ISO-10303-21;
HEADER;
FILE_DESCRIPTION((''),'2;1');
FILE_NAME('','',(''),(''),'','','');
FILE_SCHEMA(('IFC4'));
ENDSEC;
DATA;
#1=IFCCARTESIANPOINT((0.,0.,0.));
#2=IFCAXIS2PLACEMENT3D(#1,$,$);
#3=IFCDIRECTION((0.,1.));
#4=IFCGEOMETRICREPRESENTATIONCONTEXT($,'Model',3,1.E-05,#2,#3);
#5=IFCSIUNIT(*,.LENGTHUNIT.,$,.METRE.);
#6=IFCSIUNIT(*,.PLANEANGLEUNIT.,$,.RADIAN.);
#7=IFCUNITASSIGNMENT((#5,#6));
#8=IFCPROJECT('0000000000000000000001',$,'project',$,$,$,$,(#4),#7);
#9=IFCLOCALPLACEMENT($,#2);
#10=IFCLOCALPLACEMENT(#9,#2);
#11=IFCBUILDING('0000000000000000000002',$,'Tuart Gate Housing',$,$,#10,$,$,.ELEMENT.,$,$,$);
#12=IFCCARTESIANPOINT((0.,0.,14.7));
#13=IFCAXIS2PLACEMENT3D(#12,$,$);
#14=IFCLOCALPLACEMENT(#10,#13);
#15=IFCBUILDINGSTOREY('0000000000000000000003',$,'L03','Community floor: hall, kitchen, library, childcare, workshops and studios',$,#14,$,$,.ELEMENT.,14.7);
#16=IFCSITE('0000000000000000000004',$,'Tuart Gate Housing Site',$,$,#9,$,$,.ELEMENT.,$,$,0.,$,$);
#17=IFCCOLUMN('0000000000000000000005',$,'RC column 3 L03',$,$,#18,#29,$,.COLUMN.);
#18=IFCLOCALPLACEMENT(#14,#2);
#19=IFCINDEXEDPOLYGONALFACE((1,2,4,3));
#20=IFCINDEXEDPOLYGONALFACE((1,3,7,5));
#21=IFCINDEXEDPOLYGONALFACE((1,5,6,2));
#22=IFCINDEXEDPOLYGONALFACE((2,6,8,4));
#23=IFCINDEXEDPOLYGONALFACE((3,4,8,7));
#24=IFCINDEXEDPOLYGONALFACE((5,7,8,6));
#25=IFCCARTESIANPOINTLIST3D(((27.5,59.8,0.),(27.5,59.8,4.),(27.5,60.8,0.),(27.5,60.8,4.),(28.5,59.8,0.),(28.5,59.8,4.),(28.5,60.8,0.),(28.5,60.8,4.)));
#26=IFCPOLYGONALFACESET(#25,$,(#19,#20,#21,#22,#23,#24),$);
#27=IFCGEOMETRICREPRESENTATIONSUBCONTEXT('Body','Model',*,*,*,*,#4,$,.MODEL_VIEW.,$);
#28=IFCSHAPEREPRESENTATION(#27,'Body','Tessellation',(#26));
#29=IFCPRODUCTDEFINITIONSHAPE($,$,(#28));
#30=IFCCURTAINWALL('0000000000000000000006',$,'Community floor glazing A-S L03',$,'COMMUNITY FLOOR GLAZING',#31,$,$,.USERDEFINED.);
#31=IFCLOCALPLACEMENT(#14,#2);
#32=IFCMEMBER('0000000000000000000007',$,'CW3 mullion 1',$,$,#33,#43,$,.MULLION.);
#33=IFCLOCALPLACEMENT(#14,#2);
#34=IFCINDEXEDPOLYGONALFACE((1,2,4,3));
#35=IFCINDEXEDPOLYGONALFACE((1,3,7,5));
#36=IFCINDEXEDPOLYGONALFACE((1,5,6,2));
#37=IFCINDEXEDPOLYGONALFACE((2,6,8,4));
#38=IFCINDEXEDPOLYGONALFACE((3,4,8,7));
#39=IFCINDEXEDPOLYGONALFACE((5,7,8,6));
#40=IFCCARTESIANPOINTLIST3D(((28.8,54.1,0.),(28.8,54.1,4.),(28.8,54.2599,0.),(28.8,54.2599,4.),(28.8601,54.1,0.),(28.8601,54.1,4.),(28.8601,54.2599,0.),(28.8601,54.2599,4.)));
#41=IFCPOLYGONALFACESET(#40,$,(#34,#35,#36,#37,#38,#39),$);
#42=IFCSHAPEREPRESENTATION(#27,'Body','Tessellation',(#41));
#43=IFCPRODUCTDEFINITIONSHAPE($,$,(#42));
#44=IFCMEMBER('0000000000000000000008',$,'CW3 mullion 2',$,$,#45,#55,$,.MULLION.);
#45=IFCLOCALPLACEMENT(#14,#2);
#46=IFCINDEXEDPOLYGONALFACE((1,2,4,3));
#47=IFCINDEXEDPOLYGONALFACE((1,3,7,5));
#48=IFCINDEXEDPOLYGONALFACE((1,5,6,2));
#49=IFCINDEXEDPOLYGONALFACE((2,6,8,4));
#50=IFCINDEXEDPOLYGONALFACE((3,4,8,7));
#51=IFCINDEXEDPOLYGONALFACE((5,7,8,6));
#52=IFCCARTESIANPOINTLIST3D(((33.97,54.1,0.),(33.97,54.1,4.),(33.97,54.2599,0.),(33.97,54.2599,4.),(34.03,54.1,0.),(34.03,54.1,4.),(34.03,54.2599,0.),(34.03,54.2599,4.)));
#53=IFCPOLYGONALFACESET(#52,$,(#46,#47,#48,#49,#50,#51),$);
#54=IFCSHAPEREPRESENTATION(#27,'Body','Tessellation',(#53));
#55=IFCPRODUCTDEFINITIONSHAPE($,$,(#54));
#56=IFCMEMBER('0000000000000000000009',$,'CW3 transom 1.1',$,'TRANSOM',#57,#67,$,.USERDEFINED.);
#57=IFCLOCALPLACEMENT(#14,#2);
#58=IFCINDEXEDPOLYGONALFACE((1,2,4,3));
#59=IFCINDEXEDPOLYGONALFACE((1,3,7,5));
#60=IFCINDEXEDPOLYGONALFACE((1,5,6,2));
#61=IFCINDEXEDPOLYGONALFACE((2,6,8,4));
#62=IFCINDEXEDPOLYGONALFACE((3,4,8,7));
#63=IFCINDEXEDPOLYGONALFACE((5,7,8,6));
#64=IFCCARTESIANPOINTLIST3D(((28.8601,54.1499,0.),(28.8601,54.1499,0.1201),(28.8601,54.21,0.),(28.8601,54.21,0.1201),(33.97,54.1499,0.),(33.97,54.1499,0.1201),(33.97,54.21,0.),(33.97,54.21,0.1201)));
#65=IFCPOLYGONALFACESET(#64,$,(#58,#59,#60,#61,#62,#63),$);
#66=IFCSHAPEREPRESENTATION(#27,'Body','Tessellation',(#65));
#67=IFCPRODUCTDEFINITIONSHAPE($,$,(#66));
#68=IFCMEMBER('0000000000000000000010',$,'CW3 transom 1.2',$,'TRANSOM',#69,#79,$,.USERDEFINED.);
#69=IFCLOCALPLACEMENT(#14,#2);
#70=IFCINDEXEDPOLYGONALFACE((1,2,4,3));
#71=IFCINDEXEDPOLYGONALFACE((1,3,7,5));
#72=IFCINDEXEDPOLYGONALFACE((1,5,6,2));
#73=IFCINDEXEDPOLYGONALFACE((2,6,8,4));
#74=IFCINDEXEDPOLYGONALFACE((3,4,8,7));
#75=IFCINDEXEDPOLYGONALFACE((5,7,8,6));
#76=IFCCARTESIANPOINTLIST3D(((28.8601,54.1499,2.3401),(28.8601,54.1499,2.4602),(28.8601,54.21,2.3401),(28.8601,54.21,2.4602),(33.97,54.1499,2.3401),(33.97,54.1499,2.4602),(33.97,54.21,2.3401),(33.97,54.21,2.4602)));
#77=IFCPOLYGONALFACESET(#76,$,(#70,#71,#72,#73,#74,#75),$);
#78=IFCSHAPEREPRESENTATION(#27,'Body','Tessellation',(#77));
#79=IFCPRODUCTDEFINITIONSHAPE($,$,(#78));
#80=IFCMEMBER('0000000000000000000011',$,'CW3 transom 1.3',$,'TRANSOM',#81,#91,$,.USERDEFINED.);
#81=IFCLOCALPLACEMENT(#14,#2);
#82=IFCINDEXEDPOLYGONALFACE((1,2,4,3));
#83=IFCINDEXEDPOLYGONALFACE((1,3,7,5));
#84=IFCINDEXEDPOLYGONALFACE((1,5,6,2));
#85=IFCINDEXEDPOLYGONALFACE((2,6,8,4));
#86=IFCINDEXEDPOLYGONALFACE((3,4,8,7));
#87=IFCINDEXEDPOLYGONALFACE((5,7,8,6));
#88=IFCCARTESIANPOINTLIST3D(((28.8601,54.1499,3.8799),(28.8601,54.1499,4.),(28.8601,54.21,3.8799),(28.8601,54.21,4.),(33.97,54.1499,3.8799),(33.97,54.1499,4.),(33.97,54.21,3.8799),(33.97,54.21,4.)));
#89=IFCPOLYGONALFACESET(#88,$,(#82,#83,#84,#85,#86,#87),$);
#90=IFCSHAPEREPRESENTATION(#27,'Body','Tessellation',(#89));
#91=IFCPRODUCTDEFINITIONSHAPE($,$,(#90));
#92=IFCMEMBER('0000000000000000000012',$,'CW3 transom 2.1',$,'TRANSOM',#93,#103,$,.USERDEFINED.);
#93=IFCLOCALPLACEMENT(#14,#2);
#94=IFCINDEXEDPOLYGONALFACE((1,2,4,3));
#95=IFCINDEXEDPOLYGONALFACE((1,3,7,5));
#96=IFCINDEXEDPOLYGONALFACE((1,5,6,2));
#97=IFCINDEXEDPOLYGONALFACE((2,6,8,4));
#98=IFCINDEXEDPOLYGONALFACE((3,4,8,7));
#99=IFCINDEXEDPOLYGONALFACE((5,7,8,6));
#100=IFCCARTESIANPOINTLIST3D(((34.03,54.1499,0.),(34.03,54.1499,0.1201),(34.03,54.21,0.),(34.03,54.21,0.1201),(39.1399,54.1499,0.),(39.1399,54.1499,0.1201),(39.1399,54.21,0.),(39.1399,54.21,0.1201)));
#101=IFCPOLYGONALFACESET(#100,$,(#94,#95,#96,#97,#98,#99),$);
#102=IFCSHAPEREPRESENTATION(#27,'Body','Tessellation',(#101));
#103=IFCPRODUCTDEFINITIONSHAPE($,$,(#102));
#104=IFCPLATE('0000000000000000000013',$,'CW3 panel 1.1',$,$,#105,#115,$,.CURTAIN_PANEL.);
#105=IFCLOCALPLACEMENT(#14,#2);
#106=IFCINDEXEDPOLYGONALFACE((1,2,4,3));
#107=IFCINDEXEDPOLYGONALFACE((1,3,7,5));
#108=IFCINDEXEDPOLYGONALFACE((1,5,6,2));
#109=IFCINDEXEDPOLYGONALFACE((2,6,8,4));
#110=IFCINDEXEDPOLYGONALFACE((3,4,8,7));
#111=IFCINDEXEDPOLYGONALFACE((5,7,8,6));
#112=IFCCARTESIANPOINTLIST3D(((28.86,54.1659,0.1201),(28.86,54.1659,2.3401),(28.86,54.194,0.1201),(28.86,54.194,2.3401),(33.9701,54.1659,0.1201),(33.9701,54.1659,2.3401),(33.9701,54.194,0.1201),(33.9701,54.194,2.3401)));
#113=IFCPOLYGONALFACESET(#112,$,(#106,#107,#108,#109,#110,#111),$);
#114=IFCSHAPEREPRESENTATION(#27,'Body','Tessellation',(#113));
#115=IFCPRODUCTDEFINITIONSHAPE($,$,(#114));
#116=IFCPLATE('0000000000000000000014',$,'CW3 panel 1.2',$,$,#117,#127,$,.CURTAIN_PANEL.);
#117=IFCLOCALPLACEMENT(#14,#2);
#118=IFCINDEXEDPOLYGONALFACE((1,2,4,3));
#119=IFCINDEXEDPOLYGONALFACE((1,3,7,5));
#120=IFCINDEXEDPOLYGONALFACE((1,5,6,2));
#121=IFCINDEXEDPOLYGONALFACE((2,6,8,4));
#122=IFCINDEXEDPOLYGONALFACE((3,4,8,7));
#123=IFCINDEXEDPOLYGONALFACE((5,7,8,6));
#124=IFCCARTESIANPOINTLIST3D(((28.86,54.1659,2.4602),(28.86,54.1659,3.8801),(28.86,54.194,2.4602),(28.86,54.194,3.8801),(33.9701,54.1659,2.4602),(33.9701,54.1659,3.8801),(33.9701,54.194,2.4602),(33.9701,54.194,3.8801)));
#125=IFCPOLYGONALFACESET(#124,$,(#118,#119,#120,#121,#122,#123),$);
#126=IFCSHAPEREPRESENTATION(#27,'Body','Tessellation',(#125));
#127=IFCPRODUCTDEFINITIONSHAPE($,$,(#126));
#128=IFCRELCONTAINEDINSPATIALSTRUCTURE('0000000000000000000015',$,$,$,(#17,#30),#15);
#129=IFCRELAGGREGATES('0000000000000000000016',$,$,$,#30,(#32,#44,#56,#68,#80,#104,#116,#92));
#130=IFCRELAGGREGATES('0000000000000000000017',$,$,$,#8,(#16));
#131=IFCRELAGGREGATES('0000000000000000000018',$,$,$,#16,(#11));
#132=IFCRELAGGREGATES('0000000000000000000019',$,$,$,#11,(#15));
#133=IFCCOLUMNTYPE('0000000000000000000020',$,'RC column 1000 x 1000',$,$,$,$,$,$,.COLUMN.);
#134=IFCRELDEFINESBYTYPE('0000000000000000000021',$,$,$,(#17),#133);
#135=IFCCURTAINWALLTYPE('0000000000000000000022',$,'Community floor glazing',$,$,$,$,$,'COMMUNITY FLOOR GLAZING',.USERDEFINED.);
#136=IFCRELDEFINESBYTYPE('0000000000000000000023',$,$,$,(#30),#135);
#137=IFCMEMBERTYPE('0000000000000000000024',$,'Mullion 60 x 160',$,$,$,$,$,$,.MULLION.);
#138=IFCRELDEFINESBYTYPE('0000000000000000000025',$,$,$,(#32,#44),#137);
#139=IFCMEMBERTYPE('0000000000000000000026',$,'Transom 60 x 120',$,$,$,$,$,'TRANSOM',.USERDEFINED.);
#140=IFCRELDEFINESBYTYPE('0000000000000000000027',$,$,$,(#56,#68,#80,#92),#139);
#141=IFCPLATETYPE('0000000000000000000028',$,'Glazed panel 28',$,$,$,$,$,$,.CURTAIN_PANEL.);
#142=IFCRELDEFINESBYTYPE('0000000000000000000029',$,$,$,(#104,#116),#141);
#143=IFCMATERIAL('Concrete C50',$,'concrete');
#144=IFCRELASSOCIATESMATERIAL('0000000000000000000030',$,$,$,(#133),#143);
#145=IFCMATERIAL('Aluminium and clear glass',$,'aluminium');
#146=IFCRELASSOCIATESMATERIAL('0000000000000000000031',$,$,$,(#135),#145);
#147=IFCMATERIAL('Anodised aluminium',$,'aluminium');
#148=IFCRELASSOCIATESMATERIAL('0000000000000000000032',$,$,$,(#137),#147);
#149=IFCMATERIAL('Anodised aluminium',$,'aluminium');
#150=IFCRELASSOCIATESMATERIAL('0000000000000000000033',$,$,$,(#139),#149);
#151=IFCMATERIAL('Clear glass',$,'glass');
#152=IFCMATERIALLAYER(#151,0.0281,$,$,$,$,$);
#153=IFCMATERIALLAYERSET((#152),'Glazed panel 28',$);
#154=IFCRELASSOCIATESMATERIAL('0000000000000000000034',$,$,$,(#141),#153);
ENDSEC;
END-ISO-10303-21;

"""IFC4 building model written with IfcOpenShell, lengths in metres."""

from ifc_helpers import new_model, si_unit, direction, frame, origin, origin_2d, place, context, subcontext, project, spatial, rectangle, extrude, material, layer, layer_set, material_profile, profile_set, type_object, element, aggregate, save


model = new_model("IFC4")

# Units and contexts
model_context = context("Model", 3, precision=1e-05, world=origin(), true_north=direction((0.0, 1.0)))
body_context = subcontext(model_context, "Body", "Model", "MODEL_VIEW")
ifc_project = project(units=[si_unit("LENGTHUNIT", "METRE"), si_unit("PLANEANGLEUNIT", "RADIAN")], contexts=[model_context])

# Site, building, storey
site_placement = place(None, origin())
site = spatial("IfcSite", under=ifc_project, at=site_placement, Name="Tuart Gate Housing Site", CompositionType="ELEMENT", RefElevation=0.0)
building_placement = place(site_placement, origin())
building = spatial("IfcBuilding", under=site, at=building_placement, Name="Tuart Gate Housing", CompositionType="ELEMENT")
storey_placement = place(building_placement, frame((0.0, 0.0, 14.7)))
storey = spatial("IfcBuildingStorey", under=building, at=storey_placement, Name="L03", Description="Community floor: hall, kitchen, library, childcare, workshops and studios", CompositionType="ELEMENT", Elevation=14.7)

# Column
ifc_material_1 = material(Name="Concrete C50", Category="concrete")
ifc_material_profile_1 = material_profile(ifc_material_1, rectangle(XDim=1.0, YDim=1.0, at=origin_2d()), Name="RC column 1000 x 1000")
ifc_profile_set_1 = profile_set([ifc_material_profile_1], Name="Concrete C50")
column_type = type_object("IfcColumnType", Name="RC column 1000 x 1000", PredefinedType="COLUMN", material=ifc_profile_set_1)
column_placement = place(storey_placement, frame((28.0, 60.3, 0.0), z_axis=(0.0, 0.0, 1.0), x_axis=(1.0, 0.0, 0.0)))
element("IfcColumn", 1, at=column_placement, inside=storey, type_object=column_type, Name="RC column 3 L03", PredefinedType="COLUMN", context=body_context, shape_type="SweptSolid", body=[
    extrude(rectangle(XDim=1.0, YDim=1.0, at=origin_2d()), origin(), (0.0, 0.0, 1.0), 4.0),
])

# Curtain wall, members, plates
ifc_material_2 = material(Name="Aluminium and clear glass", Category="aluminium")
curtain_wall_type = type_object("IfcCurtainWallType", Name="Community floor glazing", ElementType="COMMUNITY FLOOR GLAZING", PredefinedType="USERDEFINED", material=ifc_material_2)
curtain_wall_placement = place(storey_placement, origin())
curtain_wall = element("IfcCurtainWall", 2, at=curtain_wall_placement, inside=storey, type_object=curtain_wall_type, Name="Community floor glazing A-S L03", ObjectType="COMMUNITY FLOOR GLAZING", PredefinedType="USERDEFINED")
ifc_material_3 = material(Name="Anodised aluminium", Category="aluminium")
ifc_material_profile_2 = material_profile(ifc_material_3, rectangle(XDim=0.0601, YDim=0.1599, at=origin_2d()), Name="60x160")
ifc_profile_set_2 = profile_set([ifc_material_profile_2], Name="Anodised aluminium")
member_type_1 = type_object("IfcMemberType", Name="Mullion 60 x 160", PredefinedType="MULLION", material=ifc_profile_set_2)
member_1_placement = place(storey_placement, frame((28.8301, 54.1799, 0.0), z_axis=(0.0, 0.0, 1.0), x_axis=(1.0, 0.0, 0.0)))
member_1 = element("IfcMember", 3, at=member_1_placement, type_object=member_type_1, Name="CW3 mullion 1", PredefinedType="MULLION", context=body_context, shape_type="SweptSolid", body=[
    extrude(rectangle(XDim=0.0601, YDim=0.1599, at=origin_2d()), origin(), (0.0, 0.0, 1.0), 4.0),
])
member_2_placement = place(storey_placement, frame((34.0, 54.1799, 0.0), z_axis=(0.0, 0.0, 1.0), x_axis=(1.0, 0.0, 0.0)))
member_2 = element("IfcMember", 4, at=member_2_placement, type_object=member_type_1, Name="CW3 mullion 2", PredefinedType="MULLION", context=body_context, shape_type="SweptSolid", body=[
    extrude(rectangle(XDim=0.0601, YDim=0.1599, at=origin_2d()), origin(), (0.0, 0.0, 1.0), 4.0),
])
ifc_material_4 = material(Name="Anodised aluminium", Category="aluminium")
ifc_material_profile_3 = material_profile(ifc_material_4, rectangle(XDim=0.0601, YDim=0.1201, at=origin_2d()), Name="60x120")
ifc_profile_set_3 = profile_set([ifc_material_profile_3], Name="Anodised aluminium")
member_type_2 = type_object("IfcMemberType", Name="Transom 60 x 120", ElementType="TRANSOM", PredefinedType="USERDEFINED", material=ifc_profile_set_3)
member_3_placement = place(storey_placement, frame((28.8601, 54.1799, 0.0601), z_axis=(1.0, 0.0, 0.0), x_axis=(0.0, 1.0, 0.0)))
member_3 = element("IfcMember", 5, at=member_3_placement, type_object=member_type_2, Name="CW3 transom 1.1", ObjectType="TRANSOM", PredefinedType="USERDEFINED", context=body_context, shape_type="SweptSolid", body=[
    extrude(rectangle(XDim=0.0601, YDim=0.1201, at=origin_2d()), origin(), (0.0, 0.0, 1.0), 5.1099),
])
member_4_placement = place(storey_placement, frame((28.8601, 54.1799, 2.4001), z_axis=(1.0, 0.0, 0.0), x_axis=(0.0, 1.0, 0.0)))
member_4 = element("IfcMember", 6, at=member_4_placement, type_object=member_type_2, Name="CW3 transom 1.2", ObjectType="TRANSOM", PredefinedType="USERDEFINED", context=body_context, shape_type="SweptSolid", body=[
    extrude(rectangle(XDim=0.0601, YDim=0.1201, at=origin_2d()), origin(), (0.0, 0.0, 1.0), 5.1099),
])
member_5_placement = place(storey_placement, frame((28.8601, 54.1799, 3.9399), z_axis=(1.0, 0.0, 0.0), x_axis=(0.0, 1.0, 0.0)))
member_5 = element("IfcMember", 7, at=member_5_placement, type_object=member_type_2, Name="CW3 transom 1.3", ObjectType="TRANSOM", PredefinedType="USERDEFINED", context=body_context, shape_type="SweptSolid", body=[
    extrude(rectangle(XDim=0.0601, YDim=0.1201, at=origin_2d()), origin(), (0.0, 0.0, 1.0), 5.1099),
])
member_6_placement = place(storey_placement, frame((34.03, 54.1799, 0.0601), z_axis=(1.0, 0.0, 0.0), x_axis=(0.0, 1.0, 0.0)))
member_6 = element("IfcMember", 8, at=member_6_placement, type_object=member_type_2, Name="CW3 transom 2.1", ObjectType="TRANSOM", PredefinedType="USERDEFINED", context=body_context, shape_type="SweptSolid", body=[
    extrude(rectangle(XDim=0.0601, YDim=0.1201, at=origin_2d()), origin(), (0.0, 0.0, 1.0), 5.1099),
])
ifc_material_5 = material(Name="Clear glass", Category="glass")
ifc_layer_1 = layer(ifc_material_5, 0.0281)
ifc_layer_set_1 = layer_set([ifc_layer_1], Name="Glazed panel 28")
plate_type = type_object("IfcPlateType", Name="Glazed panel 28", PredefinedType="CURTAIN_PANEL", material=ifc_layer_set_1)
plate_1_placement = place(storey_placement, frame((31.415, 54.1799, 0.1201), z_axis=(0.0, 0.0, 1.0), x_axis=(1.0, 0.0, 0.0)))
plate_1 = element("IfcPlate", 9, at=plate_1_placement, type_object=plate_type, Name="CW3 panel 1.1", PredefinedType="CURTAIN_PANEL", context=body_context, shape_type="SweptSolid", body=[
    extrude(rectangle(XDim=5.1101, YDim=0.0281, at=origin_2d()), origin(), (0.0, 0.0, 1.0), 2.22),
])
plate_2_placement = place(storey_placement, frame((31.415, 54.1799, 2.4602), z_axis=(0.0, 0.0, 1.0), x_axis=(1.0, 0.0, 0.0)))
plate_2 = element("IfcPlate", 10, at=plate_2_placement, type_object=plate_type, Name="CW3 panel 1.2", PredefinedType="CURTAIN_PANEL", context=body_context, shape_type="SweptSolid", body=[
    extrude(rectangle(XDim=5.1101, YDim=0.0281, at=origin_2d()), origin(), (0.0, 0.0, 1.0), 1.4199),
])
aggregate(curtain_wall, [member_1, member_2, member_3, member_4, member_5, plate_1, plate_2, member_6])

save(model, "model.ifc")
